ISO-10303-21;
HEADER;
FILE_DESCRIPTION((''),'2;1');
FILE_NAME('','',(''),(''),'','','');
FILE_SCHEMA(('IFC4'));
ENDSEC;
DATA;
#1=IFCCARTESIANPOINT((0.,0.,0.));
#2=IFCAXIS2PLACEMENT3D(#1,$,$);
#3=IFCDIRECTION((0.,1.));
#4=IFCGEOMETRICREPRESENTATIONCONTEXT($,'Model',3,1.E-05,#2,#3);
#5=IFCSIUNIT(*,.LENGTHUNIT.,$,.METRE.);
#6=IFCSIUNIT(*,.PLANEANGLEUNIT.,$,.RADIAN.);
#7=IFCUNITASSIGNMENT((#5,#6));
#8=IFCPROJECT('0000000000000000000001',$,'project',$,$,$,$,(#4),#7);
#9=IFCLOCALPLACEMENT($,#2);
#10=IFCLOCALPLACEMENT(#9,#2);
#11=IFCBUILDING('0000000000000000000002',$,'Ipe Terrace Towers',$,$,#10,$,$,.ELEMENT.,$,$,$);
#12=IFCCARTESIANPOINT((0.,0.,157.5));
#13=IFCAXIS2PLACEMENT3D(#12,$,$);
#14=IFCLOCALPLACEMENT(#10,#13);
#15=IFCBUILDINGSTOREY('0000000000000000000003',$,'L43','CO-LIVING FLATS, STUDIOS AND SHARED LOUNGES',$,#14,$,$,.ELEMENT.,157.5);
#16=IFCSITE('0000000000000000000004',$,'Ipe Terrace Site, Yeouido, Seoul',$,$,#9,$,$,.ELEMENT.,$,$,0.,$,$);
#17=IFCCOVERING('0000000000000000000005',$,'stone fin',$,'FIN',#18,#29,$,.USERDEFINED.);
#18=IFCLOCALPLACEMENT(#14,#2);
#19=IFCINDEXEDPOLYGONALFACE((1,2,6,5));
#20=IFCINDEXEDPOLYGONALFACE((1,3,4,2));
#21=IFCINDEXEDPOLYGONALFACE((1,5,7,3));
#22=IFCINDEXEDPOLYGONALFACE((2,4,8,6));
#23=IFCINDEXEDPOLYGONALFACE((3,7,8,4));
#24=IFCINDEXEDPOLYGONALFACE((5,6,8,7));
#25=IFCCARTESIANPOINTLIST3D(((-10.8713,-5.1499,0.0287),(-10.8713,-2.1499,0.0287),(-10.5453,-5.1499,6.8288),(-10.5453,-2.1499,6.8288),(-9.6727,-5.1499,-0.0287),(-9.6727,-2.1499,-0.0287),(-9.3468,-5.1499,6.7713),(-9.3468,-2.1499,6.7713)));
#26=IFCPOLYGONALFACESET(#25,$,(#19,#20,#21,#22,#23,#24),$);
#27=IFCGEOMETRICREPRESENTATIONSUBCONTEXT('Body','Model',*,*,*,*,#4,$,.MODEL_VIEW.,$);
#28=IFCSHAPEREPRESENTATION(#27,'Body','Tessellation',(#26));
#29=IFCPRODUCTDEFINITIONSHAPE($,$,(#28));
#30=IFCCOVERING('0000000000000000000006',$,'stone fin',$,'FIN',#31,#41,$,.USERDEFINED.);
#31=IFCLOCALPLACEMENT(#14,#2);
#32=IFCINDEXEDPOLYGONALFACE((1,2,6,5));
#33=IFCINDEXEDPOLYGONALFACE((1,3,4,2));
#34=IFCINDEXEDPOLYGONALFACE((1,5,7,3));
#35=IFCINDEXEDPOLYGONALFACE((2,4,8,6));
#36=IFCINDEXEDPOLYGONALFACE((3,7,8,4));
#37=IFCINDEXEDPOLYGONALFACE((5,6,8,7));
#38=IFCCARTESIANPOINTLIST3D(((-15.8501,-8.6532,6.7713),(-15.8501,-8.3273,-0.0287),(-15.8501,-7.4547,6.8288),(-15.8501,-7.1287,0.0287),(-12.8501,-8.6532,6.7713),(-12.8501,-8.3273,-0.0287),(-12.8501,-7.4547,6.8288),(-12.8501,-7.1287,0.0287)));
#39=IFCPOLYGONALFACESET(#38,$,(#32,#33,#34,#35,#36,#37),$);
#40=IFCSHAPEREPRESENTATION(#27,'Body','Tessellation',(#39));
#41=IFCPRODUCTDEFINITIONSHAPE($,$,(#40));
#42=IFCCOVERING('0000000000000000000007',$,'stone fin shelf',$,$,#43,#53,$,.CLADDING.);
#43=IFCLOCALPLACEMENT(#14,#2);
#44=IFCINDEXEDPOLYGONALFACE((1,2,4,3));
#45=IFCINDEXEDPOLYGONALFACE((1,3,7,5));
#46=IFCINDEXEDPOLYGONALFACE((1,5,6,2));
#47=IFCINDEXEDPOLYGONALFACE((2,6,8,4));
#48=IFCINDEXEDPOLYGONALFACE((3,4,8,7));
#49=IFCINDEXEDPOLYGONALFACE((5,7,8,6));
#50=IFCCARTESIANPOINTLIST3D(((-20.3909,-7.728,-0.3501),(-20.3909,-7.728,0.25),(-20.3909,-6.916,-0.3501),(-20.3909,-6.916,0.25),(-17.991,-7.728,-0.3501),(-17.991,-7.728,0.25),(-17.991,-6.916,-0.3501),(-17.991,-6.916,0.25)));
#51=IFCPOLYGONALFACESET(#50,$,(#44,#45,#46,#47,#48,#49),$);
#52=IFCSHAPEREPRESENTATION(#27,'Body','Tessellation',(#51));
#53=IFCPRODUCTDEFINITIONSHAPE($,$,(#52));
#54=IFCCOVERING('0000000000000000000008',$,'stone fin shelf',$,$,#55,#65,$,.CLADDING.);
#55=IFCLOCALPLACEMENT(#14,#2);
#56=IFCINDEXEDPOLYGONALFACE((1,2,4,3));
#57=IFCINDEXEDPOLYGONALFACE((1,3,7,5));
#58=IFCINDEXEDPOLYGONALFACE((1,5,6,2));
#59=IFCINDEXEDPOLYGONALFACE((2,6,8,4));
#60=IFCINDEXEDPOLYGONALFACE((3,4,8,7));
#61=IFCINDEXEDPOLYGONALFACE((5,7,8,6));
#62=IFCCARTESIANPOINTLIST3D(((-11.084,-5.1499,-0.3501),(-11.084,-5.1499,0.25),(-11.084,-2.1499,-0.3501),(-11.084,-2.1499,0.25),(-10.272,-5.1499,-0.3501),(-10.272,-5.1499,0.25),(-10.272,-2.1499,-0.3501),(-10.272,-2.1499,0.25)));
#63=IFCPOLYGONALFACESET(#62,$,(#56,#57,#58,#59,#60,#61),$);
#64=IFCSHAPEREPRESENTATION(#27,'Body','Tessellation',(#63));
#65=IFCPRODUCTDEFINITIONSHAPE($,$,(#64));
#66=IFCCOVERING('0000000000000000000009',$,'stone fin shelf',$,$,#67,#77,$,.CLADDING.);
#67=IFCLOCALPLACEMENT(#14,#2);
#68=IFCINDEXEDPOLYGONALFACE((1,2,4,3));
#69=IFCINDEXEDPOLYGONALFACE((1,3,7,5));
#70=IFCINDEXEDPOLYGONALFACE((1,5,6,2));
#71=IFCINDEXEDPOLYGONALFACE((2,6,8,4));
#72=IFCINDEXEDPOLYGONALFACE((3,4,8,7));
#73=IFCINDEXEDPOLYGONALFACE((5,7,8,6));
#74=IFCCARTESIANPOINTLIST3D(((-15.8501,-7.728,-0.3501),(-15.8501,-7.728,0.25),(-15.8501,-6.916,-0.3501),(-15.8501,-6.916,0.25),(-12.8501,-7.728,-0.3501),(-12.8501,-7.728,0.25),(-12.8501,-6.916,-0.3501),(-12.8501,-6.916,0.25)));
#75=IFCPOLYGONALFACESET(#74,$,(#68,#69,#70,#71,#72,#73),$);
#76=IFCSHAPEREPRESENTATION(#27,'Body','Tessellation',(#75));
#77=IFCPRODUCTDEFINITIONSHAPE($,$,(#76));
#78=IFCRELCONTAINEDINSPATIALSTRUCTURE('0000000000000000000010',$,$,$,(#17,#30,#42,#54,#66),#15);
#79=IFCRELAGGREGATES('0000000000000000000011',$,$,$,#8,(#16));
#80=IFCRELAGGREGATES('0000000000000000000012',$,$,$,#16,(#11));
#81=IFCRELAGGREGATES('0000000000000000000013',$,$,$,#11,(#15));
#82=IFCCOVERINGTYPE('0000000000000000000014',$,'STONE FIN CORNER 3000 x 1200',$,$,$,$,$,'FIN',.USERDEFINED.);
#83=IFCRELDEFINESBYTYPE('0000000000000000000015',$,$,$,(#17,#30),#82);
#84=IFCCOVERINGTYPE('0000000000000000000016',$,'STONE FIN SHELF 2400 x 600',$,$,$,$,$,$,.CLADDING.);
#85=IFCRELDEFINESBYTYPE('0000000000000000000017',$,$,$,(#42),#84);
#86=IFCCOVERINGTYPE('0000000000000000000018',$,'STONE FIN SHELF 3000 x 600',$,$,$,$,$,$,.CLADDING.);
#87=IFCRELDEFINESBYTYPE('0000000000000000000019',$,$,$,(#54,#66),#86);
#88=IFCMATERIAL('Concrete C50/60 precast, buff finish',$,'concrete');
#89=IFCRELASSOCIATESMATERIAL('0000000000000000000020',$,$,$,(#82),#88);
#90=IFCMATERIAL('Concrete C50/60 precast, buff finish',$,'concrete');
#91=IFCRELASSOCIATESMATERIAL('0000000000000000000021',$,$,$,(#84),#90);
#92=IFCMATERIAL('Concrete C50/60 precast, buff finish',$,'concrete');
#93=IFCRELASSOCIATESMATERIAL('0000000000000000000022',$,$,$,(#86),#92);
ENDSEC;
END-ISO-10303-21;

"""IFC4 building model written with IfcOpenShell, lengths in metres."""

from ifc_helpers import new_model, si_unit, direction, frame, origin, origin_2d, place, context, subcontext, project, spatial, rectangle, extrude, material, material_profile, profile_set, type_object, element, save


model = new_model("IFC4")

# Units and contexts
model_context = context("Model", 3, precision=1e-05, world=origin(), true_north=direction((0.0, 1.0)))
body_context = subcontext(model_context, "Body", "Model", "MODEL_VIEW")
ifc_project = project(units=[si_unit("LENGTHUNIT", "METRE"), si_unit("PLANEANGLEUNIT", "RADIAN")], contexts=[model_context])

# Site, building, storey
site_placement = place(None, origin())
site = spatial("IfcSite", under=ifc_project, at=site_placement, Name="Ipe Terrace Site, Yeouido, Seoul", CompositionType="ELEMENT", RefElevation=0.0)
building_placement = place(site_placement, origin())
building = spatial("IfcBuilding", under=site, at=building_placement, Name="Ipe Terrace Towers", CompositionType="ELEMENT")
storey_placement = place(building_placement, frame((0.0, 0.0, 157.5)))
storey = spatial("IfcBuildingStorey", under=building, at=storey_placement, Name="L43", Description="CO-LIVING FLATS, STUDIOS AND SHARED LOUNGES", CompositionType="ELEMENT", Elevation=157.5)

# Coverings
ifc_material_1 = material(Name="Concrete C50/60 precast, buff finish", Category="concrete")
ifc_material_profile_1 = material_profile(ifc_material_1, rectangle(XDim=3.0, YDim=1.2, at=origin_2d()), Name="STONE FIN CORNER 3000 x 1200")
ifc_profile_set_1 = profile_set([ifc_material_profile_1], Name="Concrete C50/60 precast, buff finish")
covering_type_1 = type_object("IfcCoveringType", Name="STONE FIN CORNER 3000 x 1200", ElementType="FIN", PredefinedType="USERDEFINED", material=ifc_profile_set_1)
for number, where, z_axis, x_axis, name in (
    (1, (-10.272, -3.6499, 0.0), (0.047875, 0.0, 0.998853), (0.0, 1.0, 0.0), "stone fin"),
    (2, (-14.3501, -7.728, 0.0), (0.0, -0.047875, 0.998853), (1.0, 0.0, 0.0), "stone fin"),
):
    element("IfcCovering", number, at=place(storey_placement, frame(where, z_axis=z_axis, x_axis=x_axis)), inside=storey, type_object=covering_type_1, Name=name, ObjectType="FIN", PredefinedType="USERDEFINED", context=body_context, shape_type="SweptSolid", body=[
        extrude(rectangle(XDim=3.0, YDim=1.2, at=origin_2d()), origin(), (0.0, 0.0, 1.0), 6.8079),
    ])
ifc_material_2 = material(Name="Concrete C50/60 precast, buff finish", Category="concrete")
covering_type_2 = type_object("IfcCoveringType", Name="STONE FIN SHELF 2400 x 600", PredefinedType="CLADDING", material=ifc_material_2)
covering_placement = place(storey_placement, frame((-19.1909, -7.322, -0.3501), z_axis=(0.0, 0.0, 1.0), x_axis=(1.0, 0.0, 0.0)))
element("IfcCovering", 3, at=covering_placement, inside=storey, type_object=covering_type_2, Name="stone fin shelf", PredefinedType="CLADDING", context=body_context, shape_type="SweptSolid", body=[
    extrude(rectangle(XDim=2.3999, YDim=0.812, at=origin_2d()), origin(), (0.0, 0.0, 1.0), 0.6001),
])
ifc_material_3 = material(Name="Concrete C50/60 precast, buff finish", Category="concrete")
covering_type_3 = type_object("IfcCoveringType", Name="STONE FIN SHELF 3000 x 600", PredefinedType="CLADDING", material=ifc_material_3)
for number, where, z_axis, x_axis, name in (
    (4, (-10.678, -3.6499, -0.3501), (0.0, 0.0, 1.0), (0.0, 1.0, 0.0), "stone fin shelf"),
    (5, (-14.3501, -7.322, -0.3501), (0.0, 0.0, 1.0), (1.0, 0.0, 0.0), "stone fin shelf"),
):
    element("IfcCovering", number, at=place(storey_placement, frame(where, z_axis=z_axis, x_axis=x_axis)), inside=storey, type_object=covering_type_3, Name=name, PredefinedType="CLADDING", context=body_context, shape_type="SweptSolid", body=[
        extrude(rectangle(XDim=3.0, YDim=0.812, at=origin_2d()), origin(), (0.0, 0.0, 1.0), 0.6001),
    ])

save(model, "model.ifc")
